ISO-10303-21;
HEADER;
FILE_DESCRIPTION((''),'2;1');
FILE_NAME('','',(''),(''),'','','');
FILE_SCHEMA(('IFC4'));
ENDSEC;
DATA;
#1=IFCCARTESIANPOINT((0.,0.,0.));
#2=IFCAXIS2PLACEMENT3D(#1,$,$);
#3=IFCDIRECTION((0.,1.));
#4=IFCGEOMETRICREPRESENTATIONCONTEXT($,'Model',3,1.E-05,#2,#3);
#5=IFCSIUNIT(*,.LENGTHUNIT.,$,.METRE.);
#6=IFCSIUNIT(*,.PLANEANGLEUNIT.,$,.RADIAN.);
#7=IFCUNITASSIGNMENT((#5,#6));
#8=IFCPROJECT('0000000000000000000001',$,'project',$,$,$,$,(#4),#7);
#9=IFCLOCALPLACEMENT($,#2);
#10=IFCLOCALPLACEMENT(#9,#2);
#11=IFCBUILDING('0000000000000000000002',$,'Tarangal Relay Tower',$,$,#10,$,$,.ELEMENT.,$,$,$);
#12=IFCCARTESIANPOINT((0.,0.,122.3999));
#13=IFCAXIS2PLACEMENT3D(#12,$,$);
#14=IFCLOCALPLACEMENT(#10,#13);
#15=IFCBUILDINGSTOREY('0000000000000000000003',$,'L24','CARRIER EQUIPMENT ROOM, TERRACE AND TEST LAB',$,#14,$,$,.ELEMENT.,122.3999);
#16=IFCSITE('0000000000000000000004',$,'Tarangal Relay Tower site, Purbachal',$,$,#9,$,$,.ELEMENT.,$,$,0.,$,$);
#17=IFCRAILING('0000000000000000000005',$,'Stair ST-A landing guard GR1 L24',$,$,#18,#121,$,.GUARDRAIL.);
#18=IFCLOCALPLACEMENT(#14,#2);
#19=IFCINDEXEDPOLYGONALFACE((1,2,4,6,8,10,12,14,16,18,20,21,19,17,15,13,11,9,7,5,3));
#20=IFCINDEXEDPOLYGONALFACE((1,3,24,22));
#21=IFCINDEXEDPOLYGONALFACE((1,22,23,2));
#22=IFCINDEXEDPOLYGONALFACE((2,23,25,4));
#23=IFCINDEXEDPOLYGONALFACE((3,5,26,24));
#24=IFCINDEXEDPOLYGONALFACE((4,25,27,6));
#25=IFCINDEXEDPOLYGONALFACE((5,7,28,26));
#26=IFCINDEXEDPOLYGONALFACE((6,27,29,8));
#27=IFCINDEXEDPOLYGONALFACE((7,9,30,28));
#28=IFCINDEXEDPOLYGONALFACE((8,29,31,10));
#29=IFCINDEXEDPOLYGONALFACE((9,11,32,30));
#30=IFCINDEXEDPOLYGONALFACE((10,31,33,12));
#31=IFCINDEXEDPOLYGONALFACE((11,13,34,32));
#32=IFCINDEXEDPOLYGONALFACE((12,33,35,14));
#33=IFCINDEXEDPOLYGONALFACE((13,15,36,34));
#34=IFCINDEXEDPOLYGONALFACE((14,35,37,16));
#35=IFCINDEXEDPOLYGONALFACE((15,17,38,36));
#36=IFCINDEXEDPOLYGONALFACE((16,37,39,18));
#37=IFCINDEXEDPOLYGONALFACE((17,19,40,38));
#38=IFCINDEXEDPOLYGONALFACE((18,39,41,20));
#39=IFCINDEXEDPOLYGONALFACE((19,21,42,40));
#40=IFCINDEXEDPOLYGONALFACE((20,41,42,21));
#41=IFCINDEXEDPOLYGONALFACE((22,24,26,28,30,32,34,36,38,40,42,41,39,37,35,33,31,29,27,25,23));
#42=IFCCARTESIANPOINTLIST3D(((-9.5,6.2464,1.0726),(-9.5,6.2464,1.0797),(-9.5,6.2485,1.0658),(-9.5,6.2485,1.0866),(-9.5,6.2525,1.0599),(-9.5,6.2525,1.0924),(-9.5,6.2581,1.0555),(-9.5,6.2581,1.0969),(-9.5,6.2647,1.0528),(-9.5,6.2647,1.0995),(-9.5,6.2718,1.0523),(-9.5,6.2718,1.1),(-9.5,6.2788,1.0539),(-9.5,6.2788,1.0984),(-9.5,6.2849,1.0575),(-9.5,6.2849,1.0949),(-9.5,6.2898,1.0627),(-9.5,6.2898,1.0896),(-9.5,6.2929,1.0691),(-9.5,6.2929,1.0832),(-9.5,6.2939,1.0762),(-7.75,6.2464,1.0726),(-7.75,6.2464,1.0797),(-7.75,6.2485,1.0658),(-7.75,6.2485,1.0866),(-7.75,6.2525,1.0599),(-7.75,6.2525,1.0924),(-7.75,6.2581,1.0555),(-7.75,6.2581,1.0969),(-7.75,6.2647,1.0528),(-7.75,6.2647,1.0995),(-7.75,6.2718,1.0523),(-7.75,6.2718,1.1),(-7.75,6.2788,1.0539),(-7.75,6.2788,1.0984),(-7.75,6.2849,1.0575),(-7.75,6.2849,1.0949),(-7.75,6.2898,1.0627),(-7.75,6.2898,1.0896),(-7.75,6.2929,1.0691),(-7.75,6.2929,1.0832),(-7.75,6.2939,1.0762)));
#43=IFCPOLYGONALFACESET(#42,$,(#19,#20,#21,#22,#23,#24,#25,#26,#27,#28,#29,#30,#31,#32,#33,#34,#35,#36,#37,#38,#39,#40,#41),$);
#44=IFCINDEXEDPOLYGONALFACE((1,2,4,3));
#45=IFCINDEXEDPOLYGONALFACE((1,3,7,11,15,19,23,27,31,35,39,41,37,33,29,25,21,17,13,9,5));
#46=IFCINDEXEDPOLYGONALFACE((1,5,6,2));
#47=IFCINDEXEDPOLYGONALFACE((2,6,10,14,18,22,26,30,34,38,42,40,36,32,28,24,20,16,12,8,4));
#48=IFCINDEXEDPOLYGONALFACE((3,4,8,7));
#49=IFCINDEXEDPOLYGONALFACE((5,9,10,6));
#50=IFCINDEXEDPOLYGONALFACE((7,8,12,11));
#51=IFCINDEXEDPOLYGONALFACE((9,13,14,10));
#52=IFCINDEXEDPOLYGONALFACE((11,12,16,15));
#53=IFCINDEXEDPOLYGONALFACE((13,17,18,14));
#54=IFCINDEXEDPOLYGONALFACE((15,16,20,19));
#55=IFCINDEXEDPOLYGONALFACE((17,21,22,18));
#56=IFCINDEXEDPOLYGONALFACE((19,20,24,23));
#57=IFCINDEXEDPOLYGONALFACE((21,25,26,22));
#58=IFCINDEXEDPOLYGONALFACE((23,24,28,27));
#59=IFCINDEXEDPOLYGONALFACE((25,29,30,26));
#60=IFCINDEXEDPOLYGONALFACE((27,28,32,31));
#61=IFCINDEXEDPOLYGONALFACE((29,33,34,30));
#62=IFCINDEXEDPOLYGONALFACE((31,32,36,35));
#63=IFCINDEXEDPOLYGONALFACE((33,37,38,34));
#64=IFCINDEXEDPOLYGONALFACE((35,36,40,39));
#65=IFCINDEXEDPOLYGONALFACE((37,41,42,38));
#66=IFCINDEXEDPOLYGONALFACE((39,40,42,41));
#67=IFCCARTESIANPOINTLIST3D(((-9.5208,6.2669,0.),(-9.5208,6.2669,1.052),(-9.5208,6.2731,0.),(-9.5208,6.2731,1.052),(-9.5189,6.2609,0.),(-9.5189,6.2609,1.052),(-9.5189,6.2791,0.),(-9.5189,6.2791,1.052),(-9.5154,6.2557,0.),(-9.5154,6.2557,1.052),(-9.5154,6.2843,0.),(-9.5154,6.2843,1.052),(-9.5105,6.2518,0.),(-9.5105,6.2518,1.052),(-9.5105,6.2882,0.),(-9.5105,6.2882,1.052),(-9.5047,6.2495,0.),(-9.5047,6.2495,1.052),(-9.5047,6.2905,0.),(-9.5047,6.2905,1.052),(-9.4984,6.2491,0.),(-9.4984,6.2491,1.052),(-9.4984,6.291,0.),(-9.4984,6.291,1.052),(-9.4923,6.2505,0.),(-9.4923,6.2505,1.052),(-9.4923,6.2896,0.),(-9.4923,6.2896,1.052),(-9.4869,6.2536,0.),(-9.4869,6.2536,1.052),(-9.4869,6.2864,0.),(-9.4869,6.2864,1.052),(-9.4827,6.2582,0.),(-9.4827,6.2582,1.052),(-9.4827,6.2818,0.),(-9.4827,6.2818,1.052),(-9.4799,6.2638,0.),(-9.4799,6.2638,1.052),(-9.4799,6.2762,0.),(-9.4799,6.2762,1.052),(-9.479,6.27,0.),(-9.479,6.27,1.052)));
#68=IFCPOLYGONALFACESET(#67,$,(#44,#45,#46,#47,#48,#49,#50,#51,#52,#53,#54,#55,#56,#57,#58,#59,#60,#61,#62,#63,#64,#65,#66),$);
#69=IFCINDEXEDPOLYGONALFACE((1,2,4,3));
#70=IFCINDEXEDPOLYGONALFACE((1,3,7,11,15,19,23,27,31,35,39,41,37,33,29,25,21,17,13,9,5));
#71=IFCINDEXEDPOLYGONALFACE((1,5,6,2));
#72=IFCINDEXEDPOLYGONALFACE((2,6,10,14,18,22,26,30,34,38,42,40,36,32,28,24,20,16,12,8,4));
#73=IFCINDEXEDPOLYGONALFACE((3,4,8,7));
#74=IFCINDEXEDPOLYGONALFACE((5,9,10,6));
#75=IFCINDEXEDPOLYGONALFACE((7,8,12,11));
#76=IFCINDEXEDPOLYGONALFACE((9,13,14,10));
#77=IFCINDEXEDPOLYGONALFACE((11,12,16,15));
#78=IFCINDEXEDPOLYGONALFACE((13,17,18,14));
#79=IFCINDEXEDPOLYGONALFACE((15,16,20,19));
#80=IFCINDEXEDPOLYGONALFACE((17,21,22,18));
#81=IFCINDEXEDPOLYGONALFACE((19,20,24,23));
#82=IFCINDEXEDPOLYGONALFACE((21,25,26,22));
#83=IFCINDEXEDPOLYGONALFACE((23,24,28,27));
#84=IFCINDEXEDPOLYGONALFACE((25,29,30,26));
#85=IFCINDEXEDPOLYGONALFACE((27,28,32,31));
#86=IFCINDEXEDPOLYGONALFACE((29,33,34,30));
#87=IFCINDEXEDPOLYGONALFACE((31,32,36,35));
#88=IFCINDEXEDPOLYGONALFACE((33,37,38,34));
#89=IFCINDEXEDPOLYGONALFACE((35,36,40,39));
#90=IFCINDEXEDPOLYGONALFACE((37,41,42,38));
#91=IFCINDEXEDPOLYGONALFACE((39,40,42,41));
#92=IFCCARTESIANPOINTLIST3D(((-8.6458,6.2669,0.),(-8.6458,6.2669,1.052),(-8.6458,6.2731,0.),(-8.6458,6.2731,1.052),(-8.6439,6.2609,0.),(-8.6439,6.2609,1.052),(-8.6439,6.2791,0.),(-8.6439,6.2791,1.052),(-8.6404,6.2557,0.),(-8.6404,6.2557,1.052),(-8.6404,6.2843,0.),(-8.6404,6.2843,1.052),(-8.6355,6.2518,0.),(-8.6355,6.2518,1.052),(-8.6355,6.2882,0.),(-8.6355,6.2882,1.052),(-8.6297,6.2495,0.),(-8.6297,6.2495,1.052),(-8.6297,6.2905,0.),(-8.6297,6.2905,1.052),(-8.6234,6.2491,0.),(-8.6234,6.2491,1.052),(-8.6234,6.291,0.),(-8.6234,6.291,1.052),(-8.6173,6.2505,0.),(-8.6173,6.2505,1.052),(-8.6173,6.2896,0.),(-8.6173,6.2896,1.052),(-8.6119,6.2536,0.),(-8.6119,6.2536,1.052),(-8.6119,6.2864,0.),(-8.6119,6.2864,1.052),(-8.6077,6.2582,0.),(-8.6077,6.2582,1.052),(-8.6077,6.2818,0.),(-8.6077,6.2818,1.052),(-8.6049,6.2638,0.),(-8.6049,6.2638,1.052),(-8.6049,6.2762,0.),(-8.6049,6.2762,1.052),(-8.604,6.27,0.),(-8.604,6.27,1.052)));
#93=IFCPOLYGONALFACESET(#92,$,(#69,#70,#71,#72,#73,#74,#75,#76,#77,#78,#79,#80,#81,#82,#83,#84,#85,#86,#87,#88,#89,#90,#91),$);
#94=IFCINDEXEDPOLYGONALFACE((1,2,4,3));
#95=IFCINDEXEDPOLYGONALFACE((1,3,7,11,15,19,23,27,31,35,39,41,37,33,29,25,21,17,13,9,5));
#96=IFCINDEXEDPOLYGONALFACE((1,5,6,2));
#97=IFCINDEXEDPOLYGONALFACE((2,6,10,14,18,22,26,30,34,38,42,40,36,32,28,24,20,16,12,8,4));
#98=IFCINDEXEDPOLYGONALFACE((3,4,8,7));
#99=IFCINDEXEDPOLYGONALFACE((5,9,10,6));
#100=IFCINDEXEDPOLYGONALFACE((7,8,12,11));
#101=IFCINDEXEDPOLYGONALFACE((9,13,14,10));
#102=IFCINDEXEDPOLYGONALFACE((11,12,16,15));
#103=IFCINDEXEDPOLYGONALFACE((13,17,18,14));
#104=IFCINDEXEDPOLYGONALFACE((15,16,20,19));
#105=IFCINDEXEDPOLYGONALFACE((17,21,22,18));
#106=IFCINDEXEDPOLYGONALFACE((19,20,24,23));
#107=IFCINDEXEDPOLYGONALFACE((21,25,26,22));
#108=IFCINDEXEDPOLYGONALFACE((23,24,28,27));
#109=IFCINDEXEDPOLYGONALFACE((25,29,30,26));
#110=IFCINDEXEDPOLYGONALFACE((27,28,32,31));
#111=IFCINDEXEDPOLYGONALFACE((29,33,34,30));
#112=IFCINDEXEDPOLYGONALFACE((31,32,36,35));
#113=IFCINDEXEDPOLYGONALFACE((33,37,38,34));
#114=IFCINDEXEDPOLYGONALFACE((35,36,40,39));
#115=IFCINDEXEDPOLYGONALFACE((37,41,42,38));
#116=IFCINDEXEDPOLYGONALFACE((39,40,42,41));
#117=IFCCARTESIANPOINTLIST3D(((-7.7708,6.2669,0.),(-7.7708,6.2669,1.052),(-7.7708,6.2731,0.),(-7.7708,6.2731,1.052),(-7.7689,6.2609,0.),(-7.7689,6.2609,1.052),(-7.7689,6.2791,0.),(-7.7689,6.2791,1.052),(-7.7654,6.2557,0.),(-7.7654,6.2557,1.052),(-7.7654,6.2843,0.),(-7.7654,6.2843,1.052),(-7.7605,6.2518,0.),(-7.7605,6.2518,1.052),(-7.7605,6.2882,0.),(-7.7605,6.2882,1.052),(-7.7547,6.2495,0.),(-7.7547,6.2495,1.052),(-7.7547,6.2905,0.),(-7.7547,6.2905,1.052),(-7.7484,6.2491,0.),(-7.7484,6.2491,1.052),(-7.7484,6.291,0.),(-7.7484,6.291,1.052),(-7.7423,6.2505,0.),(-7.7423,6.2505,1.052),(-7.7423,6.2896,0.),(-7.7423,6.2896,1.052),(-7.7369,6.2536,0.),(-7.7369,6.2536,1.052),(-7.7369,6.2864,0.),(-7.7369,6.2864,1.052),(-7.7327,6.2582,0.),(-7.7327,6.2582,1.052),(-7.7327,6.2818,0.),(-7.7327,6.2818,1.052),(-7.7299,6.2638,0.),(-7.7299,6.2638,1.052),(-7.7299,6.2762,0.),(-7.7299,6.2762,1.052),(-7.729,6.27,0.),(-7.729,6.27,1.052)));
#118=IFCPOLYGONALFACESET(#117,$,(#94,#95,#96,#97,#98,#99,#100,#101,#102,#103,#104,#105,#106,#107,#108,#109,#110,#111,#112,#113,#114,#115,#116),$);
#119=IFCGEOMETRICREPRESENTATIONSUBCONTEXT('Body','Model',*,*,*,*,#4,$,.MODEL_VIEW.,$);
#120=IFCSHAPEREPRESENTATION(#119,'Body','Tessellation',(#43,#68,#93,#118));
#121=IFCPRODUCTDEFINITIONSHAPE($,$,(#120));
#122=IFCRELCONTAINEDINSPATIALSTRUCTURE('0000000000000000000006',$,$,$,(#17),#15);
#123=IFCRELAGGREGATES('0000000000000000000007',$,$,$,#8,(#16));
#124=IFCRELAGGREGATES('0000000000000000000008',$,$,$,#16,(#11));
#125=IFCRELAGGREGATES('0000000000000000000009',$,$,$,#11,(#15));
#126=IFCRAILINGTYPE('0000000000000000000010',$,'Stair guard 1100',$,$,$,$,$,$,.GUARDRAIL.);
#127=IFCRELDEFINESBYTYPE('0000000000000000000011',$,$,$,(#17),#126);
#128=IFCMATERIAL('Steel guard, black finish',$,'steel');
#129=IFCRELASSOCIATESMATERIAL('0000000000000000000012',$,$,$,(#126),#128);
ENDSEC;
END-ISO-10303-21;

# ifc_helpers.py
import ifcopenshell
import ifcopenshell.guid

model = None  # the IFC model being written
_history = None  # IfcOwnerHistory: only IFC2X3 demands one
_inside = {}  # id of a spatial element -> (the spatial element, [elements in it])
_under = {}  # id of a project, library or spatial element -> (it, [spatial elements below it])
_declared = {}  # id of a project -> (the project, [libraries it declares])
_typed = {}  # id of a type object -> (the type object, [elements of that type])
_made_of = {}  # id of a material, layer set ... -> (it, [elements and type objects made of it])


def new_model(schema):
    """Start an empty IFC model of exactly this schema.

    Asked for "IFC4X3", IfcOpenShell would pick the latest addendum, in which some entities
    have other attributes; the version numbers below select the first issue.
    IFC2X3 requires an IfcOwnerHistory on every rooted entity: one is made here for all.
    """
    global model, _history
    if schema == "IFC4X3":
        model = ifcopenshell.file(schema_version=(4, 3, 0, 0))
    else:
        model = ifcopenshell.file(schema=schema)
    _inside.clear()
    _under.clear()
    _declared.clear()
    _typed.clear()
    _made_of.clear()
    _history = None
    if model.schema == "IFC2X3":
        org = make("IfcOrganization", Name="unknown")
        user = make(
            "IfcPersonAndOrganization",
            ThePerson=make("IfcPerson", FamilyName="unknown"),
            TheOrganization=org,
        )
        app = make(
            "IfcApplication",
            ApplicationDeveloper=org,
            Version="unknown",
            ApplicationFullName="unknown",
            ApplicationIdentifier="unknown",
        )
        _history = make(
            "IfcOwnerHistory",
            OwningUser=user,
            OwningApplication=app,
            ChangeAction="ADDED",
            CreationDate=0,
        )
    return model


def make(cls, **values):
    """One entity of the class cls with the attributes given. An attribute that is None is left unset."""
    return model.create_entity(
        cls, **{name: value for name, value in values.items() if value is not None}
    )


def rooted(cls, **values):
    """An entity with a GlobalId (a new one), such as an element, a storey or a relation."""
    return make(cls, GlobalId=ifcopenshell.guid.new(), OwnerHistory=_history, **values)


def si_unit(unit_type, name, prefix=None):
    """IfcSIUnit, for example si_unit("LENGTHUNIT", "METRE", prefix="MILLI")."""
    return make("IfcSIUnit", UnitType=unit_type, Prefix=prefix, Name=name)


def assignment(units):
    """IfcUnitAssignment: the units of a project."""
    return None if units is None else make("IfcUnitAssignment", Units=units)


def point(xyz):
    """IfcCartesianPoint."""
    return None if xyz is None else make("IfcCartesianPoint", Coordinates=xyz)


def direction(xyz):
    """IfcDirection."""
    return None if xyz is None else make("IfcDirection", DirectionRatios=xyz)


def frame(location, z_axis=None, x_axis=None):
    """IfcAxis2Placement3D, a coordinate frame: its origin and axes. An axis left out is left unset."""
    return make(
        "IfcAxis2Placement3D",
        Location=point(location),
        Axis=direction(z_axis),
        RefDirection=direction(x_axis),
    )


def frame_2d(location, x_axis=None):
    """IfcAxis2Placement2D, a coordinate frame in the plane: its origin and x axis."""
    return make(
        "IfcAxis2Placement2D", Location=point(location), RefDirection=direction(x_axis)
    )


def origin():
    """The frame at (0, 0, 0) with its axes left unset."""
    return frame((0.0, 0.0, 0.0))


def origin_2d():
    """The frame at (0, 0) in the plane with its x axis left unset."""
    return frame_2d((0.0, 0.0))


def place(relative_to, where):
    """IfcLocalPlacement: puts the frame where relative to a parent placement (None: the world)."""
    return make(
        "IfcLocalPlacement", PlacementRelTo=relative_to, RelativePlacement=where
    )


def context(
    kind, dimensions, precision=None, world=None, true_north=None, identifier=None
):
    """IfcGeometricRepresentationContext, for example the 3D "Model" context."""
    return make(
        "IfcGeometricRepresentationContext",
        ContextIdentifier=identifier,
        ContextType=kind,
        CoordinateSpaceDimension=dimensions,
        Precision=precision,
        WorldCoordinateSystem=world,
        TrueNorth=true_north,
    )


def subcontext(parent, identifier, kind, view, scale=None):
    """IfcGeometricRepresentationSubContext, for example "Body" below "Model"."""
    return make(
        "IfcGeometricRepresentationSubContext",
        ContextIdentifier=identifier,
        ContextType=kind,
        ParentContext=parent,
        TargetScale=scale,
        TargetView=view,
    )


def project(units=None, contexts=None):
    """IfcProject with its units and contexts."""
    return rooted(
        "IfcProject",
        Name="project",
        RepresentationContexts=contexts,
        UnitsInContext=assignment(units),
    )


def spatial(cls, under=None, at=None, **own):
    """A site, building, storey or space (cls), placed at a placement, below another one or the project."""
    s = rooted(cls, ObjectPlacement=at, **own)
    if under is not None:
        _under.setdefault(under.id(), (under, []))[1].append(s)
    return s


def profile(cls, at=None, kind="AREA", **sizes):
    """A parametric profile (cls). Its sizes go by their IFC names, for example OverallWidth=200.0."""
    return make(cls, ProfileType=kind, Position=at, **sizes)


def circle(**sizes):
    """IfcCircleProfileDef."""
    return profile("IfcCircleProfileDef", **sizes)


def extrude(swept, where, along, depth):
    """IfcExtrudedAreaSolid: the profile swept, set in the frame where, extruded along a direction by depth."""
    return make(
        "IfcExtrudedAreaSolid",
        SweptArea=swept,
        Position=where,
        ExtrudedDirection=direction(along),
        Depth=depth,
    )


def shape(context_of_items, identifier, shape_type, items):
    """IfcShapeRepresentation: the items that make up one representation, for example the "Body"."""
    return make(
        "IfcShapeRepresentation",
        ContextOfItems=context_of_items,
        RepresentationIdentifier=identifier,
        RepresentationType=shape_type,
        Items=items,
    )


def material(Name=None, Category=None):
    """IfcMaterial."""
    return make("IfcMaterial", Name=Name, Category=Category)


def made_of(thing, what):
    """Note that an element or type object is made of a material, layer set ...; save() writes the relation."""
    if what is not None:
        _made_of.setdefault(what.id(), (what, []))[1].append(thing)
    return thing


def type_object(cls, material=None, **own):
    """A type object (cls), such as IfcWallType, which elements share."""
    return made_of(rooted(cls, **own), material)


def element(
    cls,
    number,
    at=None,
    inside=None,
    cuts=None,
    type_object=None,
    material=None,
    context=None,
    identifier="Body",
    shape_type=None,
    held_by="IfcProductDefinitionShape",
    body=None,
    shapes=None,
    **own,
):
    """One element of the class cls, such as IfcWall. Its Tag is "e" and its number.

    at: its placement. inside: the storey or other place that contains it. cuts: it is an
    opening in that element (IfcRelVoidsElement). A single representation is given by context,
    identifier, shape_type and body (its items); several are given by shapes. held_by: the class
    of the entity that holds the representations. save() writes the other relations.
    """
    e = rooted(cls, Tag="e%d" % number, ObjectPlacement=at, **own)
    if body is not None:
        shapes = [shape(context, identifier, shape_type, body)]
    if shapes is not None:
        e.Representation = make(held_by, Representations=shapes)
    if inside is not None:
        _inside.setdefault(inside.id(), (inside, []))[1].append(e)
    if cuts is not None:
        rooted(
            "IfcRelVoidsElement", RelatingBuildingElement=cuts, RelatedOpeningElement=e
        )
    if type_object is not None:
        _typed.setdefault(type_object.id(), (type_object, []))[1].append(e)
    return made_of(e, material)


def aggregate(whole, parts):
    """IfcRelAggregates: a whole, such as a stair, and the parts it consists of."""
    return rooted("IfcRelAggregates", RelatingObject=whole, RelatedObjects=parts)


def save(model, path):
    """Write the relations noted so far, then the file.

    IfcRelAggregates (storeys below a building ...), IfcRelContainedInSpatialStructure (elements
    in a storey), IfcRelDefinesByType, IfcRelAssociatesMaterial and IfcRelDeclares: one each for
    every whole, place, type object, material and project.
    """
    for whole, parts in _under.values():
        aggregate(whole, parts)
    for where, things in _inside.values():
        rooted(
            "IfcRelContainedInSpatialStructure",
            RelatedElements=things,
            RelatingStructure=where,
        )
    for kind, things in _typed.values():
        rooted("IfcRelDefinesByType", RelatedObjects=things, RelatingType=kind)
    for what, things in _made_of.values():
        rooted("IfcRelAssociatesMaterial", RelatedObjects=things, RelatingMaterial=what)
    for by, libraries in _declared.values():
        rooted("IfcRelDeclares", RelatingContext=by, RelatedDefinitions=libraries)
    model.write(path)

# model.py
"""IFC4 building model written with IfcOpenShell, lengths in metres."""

from ifc_helpers import new_model, si_unit, direction, frame, origin, origin_2d, place, context, subcontext, project, spatial, circle, extrude, material, type_object, element, save


model = new_model("IFC4")

# Units and contexts
model_context = context("Model", 3, precision=1e-05, world=origin(), true_north=direction((0.0, 1.0)))
body_context = subcontext(model_context, "Body", "Model", "MODEL_VIEW")
ifc_project = project(units=[si_unit("LENGTHUNIT", "METRE"), si_unit("PLANEANGLEUNIT", "RADIAN")], contexts=[model_context])

# Site, building, storey
site_placement = place(None, origin())
site = spatial("IfcSite", under=ifc_project, at=site_placement, Name="Tarangal Relay Tower site, Purbachal", CompositionType="ELEMENT", RefElevation=0.0)
building_placement = place(site_placement, origin())
building = spatial("IfcBuilding", under=site, at=building_placement, Name="Tarangal Relay Tower", CompositionType="ELEMENT")
storey_placement = place(building_placement, frame((0.0, 0.0, 122.3999)))
storey = spatial("IfcBuildingStorey", under=building, at=storey_placement, Name="L24", Description="CARRIER EQUIPMENT ROOM, TERRACE AND TEST LAB", CompositionType="ELEMENT", Elevation=122.3999)

# Railing
ifc_material_1 = material(Name="Steel guard, black finish", Category="steel")
railing_type = type_object("IfcRailingType", Name="Stair guard 1100", PredefinedType="GUARDRAIL", material=ifc_material_1)
railing_1_placement = place(storey_placement, frame((-9.5, 6.27, 0.0)))
element("IfcRailing", 1, at=railing_1_placement, inside=storey, type_object=railing_type, Name="Stair ST-A landing guard GR1 L24", PredefinedType="GUARDRAIL", context=body_context, shape_type="SweptSolid", body=[
    extrude(circle(Radius=0.0239, at=origin_2d()), frame((0.0, 0.0, 1.0762), z_axis=(1.0, 0.0, 0.0), x_axis=(0.0, 1.0, 0.0)), (0.0, 0.0, 1.0), 1.75),
    extrude(circle(Radius=0.021, at=origin_2d()), origin(), (0.0, 0.0, 1.0), 1.052),
    extrude(circle(Radius=0.021, at=origin_2d()), frame((0.875, 0.0, 0.0)), (0.0, 0.0, 1.0), 1.052),
    extrude(circle(Radius=0.021, at=origin_2d()), frame((1.75, 0.0, 0.0)), (0.0, 0.0, 1.0), 1.052),
])

save(model, "model.ifc")
